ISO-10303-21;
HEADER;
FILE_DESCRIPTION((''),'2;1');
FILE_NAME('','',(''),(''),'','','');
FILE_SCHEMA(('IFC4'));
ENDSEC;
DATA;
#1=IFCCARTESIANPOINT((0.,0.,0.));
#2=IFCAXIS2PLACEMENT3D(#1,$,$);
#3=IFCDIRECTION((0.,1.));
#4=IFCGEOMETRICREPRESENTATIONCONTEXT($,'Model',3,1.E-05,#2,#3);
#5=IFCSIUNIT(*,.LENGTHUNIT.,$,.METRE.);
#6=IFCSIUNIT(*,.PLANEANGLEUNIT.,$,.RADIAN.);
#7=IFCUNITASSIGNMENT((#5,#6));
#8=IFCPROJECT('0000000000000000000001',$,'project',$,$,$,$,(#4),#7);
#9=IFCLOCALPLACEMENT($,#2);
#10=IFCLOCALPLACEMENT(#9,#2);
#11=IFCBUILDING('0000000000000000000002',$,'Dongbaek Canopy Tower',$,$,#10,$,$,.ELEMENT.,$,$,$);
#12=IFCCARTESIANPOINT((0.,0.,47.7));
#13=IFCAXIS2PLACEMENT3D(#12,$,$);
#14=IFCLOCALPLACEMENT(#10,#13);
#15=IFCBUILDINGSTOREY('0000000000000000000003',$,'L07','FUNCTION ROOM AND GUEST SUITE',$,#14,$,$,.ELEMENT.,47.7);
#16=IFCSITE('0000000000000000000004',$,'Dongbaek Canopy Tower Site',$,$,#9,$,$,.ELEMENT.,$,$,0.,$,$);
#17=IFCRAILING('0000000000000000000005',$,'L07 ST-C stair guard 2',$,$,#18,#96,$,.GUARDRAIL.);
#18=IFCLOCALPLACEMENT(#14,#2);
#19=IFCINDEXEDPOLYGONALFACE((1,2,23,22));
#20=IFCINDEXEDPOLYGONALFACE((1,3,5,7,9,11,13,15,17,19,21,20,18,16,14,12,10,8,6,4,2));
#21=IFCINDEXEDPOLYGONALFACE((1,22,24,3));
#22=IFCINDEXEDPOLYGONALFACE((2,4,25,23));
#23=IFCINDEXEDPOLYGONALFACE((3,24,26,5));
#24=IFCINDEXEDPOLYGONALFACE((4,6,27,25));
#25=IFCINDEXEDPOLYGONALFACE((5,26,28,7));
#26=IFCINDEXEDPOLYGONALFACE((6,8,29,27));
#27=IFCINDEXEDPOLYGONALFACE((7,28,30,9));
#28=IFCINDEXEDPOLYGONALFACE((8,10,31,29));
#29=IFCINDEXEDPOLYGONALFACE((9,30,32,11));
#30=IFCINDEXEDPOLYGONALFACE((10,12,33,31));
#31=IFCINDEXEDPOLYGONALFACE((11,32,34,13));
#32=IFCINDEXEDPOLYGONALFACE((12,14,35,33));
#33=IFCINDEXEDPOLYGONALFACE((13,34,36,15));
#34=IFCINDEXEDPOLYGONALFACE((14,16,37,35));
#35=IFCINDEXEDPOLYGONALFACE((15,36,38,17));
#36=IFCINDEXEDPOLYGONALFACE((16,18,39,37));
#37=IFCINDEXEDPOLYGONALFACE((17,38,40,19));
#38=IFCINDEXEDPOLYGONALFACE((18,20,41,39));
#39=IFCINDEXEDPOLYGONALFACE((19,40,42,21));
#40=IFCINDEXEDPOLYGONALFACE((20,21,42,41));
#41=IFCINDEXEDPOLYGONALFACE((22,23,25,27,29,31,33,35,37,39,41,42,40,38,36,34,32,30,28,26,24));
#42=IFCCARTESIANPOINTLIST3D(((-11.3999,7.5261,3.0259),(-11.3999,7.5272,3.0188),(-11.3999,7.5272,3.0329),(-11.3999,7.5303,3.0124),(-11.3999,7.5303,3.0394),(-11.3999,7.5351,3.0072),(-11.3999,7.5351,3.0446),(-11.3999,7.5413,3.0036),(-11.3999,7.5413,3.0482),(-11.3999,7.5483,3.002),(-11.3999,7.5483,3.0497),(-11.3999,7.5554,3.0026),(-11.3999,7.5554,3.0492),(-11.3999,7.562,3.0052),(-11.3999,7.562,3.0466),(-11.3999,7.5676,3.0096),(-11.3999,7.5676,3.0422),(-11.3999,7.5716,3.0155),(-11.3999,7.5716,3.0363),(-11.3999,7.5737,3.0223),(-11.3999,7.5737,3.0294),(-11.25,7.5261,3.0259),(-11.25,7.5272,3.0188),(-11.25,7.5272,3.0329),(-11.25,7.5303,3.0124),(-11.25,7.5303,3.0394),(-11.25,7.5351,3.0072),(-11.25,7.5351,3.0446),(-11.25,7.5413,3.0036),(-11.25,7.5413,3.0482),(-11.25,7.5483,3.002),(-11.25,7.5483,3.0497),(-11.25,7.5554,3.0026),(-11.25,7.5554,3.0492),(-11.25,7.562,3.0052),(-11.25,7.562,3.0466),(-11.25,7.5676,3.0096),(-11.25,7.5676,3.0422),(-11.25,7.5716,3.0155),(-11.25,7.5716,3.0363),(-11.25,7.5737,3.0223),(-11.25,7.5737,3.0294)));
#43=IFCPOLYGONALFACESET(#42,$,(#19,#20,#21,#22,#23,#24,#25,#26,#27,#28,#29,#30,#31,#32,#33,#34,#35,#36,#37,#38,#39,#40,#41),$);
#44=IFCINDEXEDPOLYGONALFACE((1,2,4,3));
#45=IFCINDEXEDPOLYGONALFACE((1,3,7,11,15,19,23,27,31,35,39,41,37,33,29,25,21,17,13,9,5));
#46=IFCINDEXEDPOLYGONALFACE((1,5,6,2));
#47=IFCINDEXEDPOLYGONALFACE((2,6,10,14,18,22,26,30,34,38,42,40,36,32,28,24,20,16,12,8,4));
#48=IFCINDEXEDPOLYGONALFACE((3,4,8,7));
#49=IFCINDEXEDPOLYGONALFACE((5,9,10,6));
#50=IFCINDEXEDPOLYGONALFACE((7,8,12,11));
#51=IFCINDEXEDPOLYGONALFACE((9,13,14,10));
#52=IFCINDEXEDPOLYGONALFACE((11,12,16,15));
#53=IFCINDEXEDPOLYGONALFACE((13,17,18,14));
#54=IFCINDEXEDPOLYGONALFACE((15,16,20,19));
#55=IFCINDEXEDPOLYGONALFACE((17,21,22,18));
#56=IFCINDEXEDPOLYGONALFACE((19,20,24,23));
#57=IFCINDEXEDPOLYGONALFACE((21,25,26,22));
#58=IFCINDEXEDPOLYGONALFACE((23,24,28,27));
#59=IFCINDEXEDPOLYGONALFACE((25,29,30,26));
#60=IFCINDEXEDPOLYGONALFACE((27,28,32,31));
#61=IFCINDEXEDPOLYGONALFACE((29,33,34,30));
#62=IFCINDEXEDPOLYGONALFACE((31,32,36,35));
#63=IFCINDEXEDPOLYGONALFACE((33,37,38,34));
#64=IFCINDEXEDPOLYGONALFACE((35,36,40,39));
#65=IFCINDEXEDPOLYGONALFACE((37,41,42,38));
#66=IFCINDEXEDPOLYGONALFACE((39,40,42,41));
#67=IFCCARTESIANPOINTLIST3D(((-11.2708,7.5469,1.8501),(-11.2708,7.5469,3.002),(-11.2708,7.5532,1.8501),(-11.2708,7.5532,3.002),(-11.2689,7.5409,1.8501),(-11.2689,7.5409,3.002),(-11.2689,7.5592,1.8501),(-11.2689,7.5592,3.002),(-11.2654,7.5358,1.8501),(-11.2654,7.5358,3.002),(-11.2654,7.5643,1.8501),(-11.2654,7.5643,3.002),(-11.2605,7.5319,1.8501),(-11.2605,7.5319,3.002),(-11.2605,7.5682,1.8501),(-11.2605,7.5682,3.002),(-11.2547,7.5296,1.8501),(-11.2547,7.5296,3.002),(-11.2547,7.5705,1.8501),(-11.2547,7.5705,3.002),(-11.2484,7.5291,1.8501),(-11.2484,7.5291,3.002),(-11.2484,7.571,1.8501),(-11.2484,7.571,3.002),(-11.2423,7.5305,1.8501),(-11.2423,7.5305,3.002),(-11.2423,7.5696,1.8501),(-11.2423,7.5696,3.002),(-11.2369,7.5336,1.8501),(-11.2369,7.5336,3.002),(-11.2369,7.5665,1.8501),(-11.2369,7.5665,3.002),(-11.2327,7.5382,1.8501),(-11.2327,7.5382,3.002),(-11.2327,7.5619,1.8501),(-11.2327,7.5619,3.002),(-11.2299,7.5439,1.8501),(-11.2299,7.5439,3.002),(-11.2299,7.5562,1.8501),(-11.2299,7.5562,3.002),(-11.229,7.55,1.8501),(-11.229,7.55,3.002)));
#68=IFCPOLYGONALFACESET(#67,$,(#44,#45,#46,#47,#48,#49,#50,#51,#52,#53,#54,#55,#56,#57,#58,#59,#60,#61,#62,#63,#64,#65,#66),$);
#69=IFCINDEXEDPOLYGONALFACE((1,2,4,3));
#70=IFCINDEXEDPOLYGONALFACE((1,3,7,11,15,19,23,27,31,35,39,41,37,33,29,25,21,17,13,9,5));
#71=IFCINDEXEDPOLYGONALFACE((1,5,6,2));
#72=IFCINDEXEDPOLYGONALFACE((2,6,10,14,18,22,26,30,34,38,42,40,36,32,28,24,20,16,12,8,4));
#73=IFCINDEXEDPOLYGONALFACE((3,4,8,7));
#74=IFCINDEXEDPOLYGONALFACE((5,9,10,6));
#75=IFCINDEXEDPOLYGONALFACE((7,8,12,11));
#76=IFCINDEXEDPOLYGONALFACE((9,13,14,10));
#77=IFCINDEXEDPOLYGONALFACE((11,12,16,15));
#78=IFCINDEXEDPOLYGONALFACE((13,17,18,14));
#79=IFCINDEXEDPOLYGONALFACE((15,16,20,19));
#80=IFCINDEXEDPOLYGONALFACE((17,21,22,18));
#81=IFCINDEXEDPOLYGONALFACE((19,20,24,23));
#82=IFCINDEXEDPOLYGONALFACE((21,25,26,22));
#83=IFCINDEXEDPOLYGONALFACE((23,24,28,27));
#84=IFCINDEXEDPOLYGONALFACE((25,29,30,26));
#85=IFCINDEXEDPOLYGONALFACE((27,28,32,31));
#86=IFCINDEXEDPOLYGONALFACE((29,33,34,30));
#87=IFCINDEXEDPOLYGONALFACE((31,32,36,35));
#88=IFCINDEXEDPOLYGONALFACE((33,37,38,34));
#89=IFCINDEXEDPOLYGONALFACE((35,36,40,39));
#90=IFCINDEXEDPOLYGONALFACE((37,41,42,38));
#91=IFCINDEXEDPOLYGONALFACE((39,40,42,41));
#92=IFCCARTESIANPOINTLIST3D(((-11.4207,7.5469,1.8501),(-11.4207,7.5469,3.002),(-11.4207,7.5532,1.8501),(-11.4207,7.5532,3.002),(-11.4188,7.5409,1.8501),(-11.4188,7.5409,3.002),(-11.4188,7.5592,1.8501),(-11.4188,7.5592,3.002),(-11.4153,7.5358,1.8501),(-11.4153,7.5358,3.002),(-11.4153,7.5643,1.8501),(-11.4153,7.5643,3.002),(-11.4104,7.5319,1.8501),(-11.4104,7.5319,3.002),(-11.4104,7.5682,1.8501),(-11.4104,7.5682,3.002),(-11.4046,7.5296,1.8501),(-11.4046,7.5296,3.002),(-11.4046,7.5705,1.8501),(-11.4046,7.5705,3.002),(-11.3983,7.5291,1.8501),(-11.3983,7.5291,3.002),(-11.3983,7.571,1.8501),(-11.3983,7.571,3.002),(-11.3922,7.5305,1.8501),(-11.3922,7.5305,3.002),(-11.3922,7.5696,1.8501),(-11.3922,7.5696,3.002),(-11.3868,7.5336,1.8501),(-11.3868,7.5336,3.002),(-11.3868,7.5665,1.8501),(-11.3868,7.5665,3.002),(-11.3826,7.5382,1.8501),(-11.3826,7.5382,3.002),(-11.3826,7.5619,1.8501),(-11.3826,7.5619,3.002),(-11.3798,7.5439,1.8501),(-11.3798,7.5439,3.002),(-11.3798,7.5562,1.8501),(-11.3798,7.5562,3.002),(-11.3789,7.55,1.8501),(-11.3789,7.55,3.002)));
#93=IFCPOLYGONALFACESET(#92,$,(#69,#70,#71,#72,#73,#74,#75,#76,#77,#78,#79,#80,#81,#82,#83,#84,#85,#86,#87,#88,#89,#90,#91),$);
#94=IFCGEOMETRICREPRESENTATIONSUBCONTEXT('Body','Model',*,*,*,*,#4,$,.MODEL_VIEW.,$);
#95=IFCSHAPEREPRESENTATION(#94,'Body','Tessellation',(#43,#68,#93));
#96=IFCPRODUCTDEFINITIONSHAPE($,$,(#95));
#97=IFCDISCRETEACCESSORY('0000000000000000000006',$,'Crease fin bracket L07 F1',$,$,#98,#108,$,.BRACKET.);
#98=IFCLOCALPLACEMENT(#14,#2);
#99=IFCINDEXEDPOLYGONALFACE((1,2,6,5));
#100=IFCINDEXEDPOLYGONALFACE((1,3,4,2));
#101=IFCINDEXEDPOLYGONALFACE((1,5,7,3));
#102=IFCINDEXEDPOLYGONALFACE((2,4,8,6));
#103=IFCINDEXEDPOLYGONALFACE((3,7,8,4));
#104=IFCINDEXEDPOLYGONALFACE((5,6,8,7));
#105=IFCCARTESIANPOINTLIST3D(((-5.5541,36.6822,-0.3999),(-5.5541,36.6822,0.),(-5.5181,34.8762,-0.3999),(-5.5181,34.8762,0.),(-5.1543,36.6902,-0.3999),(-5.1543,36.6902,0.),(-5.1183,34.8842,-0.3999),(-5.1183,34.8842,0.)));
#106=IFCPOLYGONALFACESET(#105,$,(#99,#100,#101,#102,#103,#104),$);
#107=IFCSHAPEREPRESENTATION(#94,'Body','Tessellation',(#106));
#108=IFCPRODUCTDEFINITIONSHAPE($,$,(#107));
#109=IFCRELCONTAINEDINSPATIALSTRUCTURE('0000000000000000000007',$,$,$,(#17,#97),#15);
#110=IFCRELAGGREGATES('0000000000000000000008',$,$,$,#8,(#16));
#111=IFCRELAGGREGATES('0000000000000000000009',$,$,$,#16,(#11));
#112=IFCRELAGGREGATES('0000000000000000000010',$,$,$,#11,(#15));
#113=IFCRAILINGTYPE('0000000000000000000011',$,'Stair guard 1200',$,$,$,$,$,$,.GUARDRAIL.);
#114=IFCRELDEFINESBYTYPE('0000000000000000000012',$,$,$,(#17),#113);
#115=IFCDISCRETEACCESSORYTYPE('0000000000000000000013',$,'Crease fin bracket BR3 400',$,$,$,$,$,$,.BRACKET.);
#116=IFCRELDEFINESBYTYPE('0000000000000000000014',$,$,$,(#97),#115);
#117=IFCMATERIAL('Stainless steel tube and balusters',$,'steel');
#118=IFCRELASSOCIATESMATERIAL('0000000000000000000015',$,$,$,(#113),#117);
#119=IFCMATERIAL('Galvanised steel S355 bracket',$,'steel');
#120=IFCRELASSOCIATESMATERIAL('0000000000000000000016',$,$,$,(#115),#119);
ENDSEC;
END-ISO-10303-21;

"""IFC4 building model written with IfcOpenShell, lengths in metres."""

from ifc_helpers import new_model, si_unit, direction, frame, origin, origin_2d, place, context, subcontext, project, spatial, rectangle, circle, extrude, material, type_object, element, save


model = new_model("IFC4")

# Units and contexts
model_context = context("Model", 3, precision=1e-05, world=origin(), true_north=direction((0.0, 1.0)))
body_context = subcontext(model_context, "Body", "Model", "MODEL_VIEW")
ifc_project = project(units=[si_unit("LENGTHUNIT", "METRE"), si_unit("PLANEANGLEUNIT", "RADIAN")], contexts=[model_context])

# Site, building, storey
site_placement = place(None, origin())
site = spatial("IfcSite", under=ifc_project, at=site_placement, Name="Dongbaek Canopy Tower Site", CompositionType="ELEMENT", RefElevation=0.0)
building_placement = place(site_placement, origin())
building = spatial("IfcBuilding", under=site, at=building_placement, Name="Dongbaek Canopy Tower", CompositionType="ELEMENT")
storey_placement = place(building_placement, frame((0.0, 0.0, 47.7)))
storey = spatial("IfcBuildingStorey", under=building, at=storey_placement, Name="L07", Description="FUNCTION ROOM AND GUEST SUITE", CompositionType="ELEMENT", Elevation=47.7)

# Railing
ifc_material_1 = material(Name="Stainless steel tube and balusters", Category="steel")
railing_type = type_object("IfcRailingType", Name="Stair guard 1200", PredefinedType="GUARDRAIL", material=ifc_material_1)
railing_placement = place(storey_placement, frame((-11.25, 7.55, 1.8501)))
element("IfcRailing", 1, at=railing_placement, inside=storey, type_object=railing_type, Name="L07 ST-C stair guard 2", PredefinedType="GUARDRAIL", context=body_context, shape_type="SweptSolid", body=[
    extrude(circle(Radius=0.0239, at=origin_2d()), frame((0.0, 0.0, 1.1758), z_axis=(-1.0, 0.0, 0.0), x_axis=(0.0, -1.0, 0.0)), (0.0, 0.0, 1.0), 0.1499),
    extrude(circle(Radius=0.021, at=origin_2d()), origin(), (0.0, 0.0, 1.0), 1.1519),
    extrude(circle(Radius=0.021, at=origin_2d()), frame((-0.1499, 0.0, 0.0)), (0.0, 0.0, 1.0), 1.1519),
])

# Discrete accessory
ifc_material_2 = material(Name="Galvanised steel S355 bracket", Category="steel")
discrete_accessory_type = type_object("IfcDiscreteAccessoryType", Name="Crease fin bracket BR3 400", PredefinedType="BRACKET", material=ifc_material_2)
discrete_accessory_placement = place(storey_placement, frame((-5.3362, 35.7832, -0.3999), z_axis=(0.0, 0.0, 1.0), x_axis=(-0.019925, 0.999801, 0.0)))
element("IfcDiscreteAccessory", 2, at=discrete_accessory_placement, inside=storey, type_object=discrete_accessory_type, Name="Crease fin bracket L07 F1", PredefinedType="BRACKET", context=body_context, shape_type="SweptSolid", body=[
    extrude(rectangle(XDim=1.8064, YDim=0.3999, at=origin_2d()), origin(), (0.0, 0.0, 1.0), 0.3999),
])

save(model, "model.ifc")
